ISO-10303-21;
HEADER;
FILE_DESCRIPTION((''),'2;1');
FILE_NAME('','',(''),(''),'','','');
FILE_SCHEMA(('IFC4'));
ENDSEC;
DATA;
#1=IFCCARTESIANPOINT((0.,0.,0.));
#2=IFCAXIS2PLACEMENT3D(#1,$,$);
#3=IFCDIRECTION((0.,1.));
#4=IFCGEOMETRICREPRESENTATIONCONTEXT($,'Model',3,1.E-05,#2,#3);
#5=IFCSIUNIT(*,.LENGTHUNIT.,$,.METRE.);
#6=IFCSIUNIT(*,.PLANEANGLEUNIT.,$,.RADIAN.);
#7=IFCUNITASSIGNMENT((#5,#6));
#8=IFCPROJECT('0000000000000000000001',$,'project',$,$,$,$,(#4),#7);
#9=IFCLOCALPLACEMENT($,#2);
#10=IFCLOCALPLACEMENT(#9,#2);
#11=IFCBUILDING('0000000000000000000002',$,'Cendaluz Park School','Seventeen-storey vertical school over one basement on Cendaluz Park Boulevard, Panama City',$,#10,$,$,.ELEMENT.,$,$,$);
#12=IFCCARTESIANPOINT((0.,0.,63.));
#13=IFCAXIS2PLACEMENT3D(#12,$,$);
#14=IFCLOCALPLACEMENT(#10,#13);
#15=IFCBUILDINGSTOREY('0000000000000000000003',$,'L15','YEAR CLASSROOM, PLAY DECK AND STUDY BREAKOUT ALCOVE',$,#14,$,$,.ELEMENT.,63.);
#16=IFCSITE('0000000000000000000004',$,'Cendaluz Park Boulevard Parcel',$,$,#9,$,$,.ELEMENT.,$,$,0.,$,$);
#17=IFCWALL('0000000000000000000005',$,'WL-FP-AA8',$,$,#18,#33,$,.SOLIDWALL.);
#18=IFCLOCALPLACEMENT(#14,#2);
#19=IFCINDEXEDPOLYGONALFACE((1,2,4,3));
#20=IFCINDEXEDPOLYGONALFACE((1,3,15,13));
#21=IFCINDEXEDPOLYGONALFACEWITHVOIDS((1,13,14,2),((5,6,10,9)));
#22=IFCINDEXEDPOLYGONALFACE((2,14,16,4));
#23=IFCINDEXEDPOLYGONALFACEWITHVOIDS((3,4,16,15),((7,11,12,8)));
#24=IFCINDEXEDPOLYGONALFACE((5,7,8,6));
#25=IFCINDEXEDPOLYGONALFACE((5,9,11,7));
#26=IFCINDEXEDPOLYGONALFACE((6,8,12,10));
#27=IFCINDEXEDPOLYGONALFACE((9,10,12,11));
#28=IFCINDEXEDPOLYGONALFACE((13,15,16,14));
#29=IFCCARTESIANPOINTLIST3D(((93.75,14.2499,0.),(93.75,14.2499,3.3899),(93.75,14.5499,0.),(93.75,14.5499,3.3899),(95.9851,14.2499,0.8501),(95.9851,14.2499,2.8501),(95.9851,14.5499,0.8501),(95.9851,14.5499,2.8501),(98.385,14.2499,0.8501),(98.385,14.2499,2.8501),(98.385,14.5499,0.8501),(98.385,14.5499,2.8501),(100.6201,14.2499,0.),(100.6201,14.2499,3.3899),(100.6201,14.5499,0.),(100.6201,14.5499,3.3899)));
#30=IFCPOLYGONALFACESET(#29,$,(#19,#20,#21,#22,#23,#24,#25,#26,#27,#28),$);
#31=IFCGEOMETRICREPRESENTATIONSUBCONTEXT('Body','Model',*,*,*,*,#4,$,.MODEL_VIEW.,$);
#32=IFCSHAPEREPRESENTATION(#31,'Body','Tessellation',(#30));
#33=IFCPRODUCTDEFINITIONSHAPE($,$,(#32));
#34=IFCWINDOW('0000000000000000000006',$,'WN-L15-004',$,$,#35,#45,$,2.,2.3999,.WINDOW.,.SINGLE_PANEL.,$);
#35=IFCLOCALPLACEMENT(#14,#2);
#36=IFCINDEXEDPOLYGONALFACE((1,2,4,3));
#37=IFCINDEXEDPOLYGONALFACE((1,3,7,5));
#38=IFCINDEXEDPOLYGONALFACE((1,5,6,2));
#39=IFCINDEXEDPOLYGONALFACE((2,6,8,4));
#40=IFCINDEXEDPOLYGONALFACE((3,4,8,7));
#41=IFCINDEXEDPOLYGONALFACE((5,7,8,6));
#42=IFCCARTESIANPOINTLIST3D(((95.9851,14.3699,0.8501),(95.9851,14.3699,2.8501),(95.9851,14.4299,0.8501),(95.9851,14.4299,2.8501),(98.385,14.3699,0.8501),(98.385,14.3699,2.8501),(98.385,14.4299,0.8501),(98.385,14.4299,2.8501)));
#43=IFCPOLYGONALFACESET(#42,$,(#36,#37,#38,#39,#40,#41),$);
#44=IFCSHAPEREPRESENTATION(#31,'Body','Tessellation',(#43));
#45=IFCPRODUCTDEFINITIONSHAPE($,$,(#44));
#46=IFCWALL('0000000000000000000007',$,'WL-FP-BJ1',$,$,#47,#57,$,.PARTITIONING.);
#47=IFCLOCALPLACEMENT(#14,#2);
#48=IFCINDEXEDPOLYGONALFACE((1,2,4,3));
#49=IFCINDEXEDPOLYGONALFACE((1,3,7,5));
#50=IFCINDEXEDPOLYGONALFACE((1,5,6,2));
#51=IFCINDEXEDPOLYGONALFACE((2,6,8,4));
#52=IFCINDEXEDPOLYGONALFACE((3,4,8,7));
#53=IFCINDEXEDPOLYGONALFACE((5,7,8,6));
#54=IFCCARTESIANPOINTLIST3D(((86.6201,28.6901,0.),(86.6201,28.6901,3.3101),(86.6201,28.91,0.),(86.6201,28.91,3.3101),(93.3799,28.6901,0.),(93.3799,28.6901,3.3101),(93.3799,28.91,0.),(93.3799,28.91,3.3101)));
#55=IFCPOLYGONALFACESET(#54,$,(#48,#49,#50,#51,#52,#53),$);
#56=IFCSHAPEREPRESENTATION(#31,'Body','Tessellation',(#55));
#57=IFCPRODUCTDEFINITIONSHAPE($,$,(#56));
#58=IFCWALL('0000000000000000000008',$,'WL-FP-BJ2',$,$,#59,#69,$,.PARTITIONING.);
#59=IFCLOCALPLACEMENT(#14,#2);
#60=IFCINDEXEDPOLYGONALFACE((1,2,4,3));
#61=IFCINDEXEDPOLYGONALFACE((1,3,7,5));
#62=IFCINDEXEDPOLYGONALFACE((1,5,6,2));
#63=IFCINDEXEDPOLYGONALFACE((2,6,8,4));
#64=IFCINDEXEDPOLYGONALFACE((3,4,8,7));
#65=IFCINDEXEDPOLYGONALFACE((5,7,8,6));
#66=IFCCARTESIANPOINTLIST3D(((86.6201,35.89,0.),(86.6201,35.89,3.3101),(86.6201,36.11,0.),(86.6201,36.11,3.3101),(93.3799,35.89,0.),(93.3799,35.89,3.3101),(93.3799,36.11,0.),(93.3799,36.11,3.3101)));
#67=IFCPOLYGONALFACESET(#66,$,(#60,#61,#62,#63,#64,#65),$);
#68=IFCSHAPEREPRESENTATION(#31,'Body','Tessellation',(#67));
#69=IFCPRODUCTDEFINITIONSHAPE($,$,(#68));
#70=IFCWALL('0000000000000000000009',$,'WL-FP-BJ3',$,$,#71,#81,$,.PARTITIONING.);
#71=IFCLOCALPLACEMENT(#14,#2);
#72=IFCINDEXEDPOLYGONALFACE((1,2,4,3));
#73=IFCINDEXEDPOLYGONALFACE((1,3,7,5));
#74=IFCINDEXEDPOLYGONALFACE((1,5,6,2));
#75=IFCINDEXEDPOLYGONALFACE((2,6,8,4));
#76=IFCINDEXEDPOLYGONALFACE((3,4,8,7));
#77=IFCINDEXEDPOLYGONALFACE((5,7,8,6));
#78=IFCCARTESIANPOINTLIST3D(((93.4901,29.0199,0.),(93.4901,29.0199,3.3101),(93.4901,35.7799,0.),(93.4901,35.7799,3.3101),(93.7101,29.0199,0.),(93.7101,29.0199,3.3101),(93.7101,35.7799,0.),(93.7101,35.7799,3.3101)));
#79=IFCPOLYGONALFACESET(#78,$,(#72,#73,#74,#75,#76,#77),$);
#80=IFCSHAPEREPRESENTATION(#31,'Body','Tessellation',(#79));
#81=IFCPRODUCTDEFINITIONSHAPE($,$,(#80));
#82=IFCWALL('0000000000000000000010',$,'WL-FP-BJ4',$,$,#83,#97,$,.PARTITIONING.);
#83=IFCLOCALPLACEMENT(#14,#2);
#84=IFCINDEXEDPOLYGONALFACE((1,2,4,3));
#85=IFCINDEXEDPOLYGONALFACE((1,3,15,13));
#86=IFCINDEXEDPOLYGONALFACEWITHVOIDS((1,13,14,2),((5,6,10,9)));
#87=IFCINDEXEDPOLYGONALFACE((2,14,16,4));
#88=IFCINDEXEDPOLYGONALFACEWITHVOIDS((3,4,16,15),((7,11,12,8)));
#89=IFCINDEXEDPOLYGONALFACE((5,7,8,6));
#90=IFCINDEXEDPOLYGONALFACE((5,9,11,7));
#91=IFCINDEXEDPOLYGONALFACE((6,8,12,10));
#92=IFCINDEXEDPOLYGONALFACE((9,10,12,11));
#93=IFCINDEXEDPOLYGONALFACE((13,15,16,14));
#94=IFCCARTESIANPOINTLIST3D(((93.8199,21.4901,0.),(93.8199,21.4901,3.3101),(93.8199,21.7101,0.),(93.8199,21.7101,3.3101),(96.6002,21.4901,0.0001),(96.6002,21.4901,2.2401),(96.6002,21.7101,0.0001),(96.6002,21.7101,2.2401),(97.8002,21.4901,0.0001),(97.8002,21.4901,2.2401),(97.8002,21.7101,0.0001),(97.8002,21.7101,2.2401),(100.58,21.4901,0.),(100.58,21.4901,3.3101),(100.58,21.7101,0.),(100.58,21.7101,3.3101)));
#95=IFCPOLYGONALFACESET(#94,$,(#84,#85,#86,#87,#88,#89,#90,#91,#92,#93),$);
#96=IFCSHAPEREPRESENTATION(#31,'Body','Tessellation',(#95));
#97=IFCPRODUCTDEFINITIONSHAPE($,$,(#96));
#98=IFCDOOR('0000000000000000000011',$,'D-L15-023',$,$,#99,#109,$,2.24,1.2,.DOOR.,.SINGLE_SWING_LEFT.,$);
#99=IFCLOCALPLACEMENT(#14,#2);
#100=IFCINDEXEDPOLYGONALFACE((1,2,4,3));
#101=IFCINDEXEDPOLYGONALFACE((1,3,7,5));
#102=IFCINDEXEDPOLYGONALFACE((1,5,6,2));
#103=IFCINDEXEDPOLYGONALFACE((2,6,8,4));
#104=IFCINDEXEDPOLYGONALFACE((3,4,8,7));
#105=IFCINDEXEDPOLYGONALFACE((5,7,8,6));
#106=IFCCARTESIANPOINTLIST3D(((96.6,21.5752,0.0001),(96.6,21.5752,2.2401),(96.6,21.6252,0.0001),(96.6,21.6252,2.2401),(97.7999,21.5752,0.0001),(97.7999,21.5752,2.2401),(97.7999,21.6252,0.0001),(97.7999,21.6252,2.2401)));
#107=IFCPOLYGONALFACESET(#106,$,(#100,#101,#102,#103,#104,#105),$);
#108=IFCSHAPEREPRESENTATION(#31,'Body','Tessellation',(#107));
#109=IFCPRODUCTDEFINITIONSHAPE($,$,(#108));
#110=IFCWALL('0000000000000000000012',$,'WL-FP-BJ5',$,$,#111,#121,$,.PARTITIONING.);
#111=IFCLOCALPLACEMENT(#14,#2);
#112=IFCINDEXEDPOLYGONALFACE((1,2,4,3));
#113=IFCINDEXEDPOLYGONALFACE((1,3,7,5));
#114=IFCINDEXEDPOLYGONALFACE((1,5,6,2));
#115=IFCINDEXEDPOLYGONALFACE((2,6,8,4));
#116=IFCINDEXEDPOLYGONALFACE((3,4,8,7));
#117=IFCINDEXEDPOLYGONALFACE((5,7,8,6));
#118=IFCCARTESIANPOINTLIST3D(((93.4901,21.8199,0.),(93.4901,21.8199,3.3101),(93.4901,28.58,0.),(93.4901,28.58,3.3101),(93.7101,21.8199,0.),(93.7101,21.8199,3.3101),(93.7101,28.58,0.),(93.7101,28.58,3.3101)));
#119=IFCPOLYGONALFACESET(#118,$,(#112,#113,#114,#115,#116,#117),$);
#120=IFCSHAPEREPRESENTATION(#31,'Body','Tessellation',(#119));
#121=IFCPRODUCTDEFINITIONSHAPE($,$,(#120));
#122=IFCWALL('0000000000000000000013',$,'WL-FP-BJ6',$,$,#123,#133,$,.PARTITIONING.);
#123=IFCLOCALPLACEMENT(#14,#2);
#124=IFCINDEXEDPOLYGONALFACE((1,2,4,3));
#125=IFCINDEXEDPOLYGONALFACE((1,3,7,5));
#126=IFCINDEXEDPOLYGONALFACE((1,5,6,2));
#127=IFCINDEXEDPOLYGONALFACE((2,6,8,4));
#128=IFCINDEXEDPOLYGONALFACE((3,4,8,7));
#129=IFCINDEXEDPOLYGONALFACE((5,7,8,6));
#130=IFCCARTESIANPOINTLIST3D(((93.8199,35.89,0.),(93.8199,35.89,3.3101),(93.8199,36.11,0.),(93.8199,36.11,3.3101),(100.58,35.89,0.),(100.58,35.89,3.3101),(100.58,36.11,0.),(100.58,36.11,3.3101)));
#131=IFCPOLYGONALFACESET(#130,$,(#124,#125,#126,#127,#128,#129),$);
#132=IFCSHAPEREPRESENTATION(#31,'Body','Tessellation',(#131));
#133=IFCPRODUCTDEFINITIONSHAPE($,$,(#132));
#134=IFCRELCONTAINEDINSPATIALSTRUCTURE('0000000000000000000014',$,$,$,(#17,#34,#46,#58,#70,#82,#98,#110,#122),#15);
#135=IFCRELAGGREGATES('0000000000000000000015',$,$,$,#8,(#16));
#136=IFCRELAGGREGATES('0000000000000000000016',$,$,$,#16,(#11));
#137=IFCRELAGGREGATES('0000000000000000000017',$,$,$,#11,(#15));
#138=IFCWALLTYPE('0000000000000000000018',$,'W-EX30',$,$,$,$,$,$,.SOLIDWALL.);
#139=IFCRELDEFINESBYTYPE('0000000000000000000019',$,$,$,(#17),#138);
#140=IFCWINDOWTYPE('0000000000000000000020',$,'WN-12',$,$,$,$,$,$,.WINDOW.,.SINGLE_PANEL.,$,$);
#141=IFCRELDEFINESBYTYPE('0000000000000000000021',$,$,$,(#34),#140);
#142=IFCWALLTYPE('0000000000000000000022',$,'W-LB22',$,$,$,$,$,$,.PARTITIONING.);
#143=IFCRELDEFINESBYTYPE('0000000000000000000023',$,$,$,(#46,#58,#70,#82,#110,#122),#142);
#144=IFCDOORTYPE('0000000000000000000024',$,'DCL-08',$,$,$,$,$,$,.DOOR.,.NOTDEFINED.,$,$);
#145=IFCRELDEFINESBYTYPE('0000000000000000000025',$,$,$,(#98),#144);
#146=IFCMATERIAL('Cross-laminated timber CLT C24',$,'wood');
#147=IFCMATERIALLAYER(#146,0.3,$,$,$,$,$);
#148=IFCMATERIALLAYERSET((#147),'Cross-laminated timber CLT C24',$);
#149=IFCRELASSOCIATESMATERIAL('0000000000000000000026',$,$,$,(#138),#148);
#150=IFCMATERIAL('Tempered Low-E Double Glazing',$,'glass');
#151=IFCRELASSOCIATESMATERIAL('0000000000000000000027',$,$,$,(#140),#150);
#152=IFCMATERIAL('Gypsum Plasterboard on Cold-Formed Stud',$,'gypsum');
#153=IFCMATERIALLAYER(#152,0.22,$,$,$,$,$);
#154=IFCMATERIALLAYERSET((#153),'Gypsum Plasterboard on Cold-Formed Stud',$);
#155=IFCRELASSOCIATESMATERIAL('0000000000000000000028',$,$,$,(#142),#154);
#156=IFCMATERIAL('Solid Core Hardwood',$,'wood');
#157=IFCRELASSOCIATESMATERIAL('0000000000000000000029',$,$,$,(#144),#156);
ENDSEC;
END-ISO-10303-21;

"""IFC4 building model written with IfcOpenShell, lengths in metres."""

from ifc_helpers import new_model, si_unit, direction, frame, frame_2d, origin, place, context, subcontext, project, spatial, rectangle, extrude, material, layer, layer_set, type_object, element, fill, save


model = new_model("IFC4")

# Units and contexts
model_context = context("Model", 3, precision=1e-05, world=origin(), true_north=direction((0.0, 1.0)))
body_context = subcontext(model_context, "Body", "Model", "MODEL_VIEW")
ifc_project = project(units=[si_unit("LENGTHUNIT", "METRE"), si_unit("PLANEANGLEUNIT", "RADIAN")], contexts=[model_context])

# Site, building, storey
site_placement = place(None, origin())
site = spatial("IfcSite", under=ifc_project, at=site_placement, Name="Cendaluz Park Boulevard Parcel", CompositionType="ELEMENT", RefElevation=0.0)
building_placement = place(site_placement, origin())
building = spatial("IfcBuilding", under=site, at=building_placement, Name="Cendaluz Park School", Description="Seventeen-storey vertical school over one basement on Cendaluz Park Boulevard, Panama City", CompositionType="ELEMENT")
storey_placement = place(building_placement, frame((0.0, 0.0, 63.0)))
storey = spatial("IfcBuildingStorey", under=building, at=storey_placement, Name="L15", Description="YEAR CLASSROOM, PLAY DECK AND STUDY BREAKOUT ALCOVE", CompositionType="ELEMENT", Elevation=63.0)

# Shared definitions
ifc_material_1 = material(Name="Gypsum Plasterboard on Cold-Formed Stud", Category="gypsum")

# Shared definitions
ifc_material_2 = material(Name="Solid Core Hardwood", Category="wood")

# Wall, opening, window
ifc_material_3 = material(Name="Cross-laminated timber CLT C24", Category="wood")
ifc_layer_1 = layer(ifc_material_3, 0.3)
ifc_layer_set_1 = layer_set([ifc_layer_1], Name="Cross-laminated timber CLT C24")
wall_type_1 = type_object("IfcWallType", Name="W-EX30", PredefinedType="SOLIDWALL", material=ifc_layer_set_1)
ifc_material_4 = material(Name="Tempered Low-E Double Glazing", Category="glass")
wall_1_placement = place(storey_placement, frame((93.75, 14.3999, 0.0), z_axis=(0.0, 0.0, 1.0), x_axis=(1.0, 0.0, 0.0)))
wall_1 = element("IfcWall", 1, at=wall_1_placement, inside=storey, type_object=wall_type_1, Name="WL-FP-AA8", PredefinedType="SOLIDWALL", context=body_context, shape_type="SweptSolid", body=[
    extrude(rectangle(XDim=6.8701, YDim=0.3, at=frame_2d((3.4351, 0.0))), origin(), (0.0, 0.0, 1.0), 3.3899),
])
opening_1_placement = place(wall_1_placement, frame((2.2351, 0.0, 0.8501)))
opening_1 = element("IfcOpeningElement", 2, at=opening_1_placement, cuts=wall_1, PredefinedType="OPENING", context=body_context, shape_type="SweptSolid", body=[
    extrude(rectangle(XDim=2.3999, YDim=2.0, at=frame_2d((1.2, 1.0))), frame((0.0, 0.1621, 0.0), z_axis=(0.0, -1.0, 0.0), x_axis=(1.0, 0.0, 0.0)), (0.0, 0.0, 1.0), 0.324),
])
window_type_1 = type_object("IfcWindowType", Name="WN-12", PartitioningType="SINGLE_PANEL", PredefinedType="WINDOW", material=ifc_material_4)
window_1_placement = place(opening_1_placement, origin())
window_1 = element("IfcWindow", 3, at=window_1_placement, inside=storey, type_object=window_type_1, Name="WN-L15-004", OverallHeight=2.0, OverallWidth=2.3999, PartitioningType="SINGLE_PANEL", PredefinedType="WINDOW", context=body_context, shape_type="SweptSolid", body=[
    extrude(rectangle(XDim=2.3999, YDim=2.0, at=frame_2d((1.2, 1.0))), frame((0.0, 0.03, 0.0), z_axis=(0.0, -1.0, 0.0), x_axis=(1.0, 0.0, 0.0)), (0.0, 0.0, 1.0), 0.0601),
])
fill(opening_1, window_1)

# Walls
ifc_layer_2 = layer(ifc_material_1, 0.22)
ifc_layer_set_2 = layer_set([ifc_layer_2], Name="Gypsum Plasterboard on Cold-Formed Stud")
wall_type_2 = type_object("IfcWallType", Name="W-LB22", PredefinedType="PARTITIONING", material=ifc_layer_set_2)
for number, where, z_axis, x_axis, name in (
    (4, (86.6201, 28.8, 0.0), (0.0, 0.0, 1.0), (1.0, 0.0, 0.0), "WL-FP-BJ1"),
    (5, (86.6201, 36.0, 0.0), (0.0, 0.0, 1.0), (1.0, 0.0, 0.0), "WL-FP-BJ2"),
):
    element("IfcWall", number, at=place(storey_placement, frame(where, z_axis=z_axis, x_axis=x_axis)), inside=storey, type_object=wall_type_2, Name=name, PredefinedType="PARTITIONING", context=body_context, shape_type="SweptSolid", body=[
        extrude(rectangle(XDim=6.7598, YDim=0.22, at=frame_2d((3.3799, 0.0))), origin(), (0.0, 0.0, 1.0), 3.3101),
    ])
wall_2_placement = place(storey_placement, frame((93.6001, 29.02, 0.0), z_axis=(0.0, 0.0, 1.0), x_axis=(0.0, 1.0, 0.0)))
element("IfcWall", 6, at=wall_2_placement, inside=storey, type_object=wall_type_2, Name="WL-FP-BJ3", PredefinedType="PARTITIONING", context=body_context, shape_type="SweptSolid", body=[
    extrude(rectangle(XDim=6.76, YDim=0.22, at=frame_2d((3.3799, 0.0))), origin(), (0.0, 0.0, 1.0), 3.3101),
])

# Wall, opening, door
wall_3_placement = place(storey_placement, frame((93.8201, 21.6001, 0.0), z_axis=(0.0, 0.0, 1.0), x_axis=(1.0, 0.0, 0.0)))
wall_3 = element("IfcWall", 7, at=wall_3_placement, inside=storey, type_object=wall_type_2, Name="WL-FP-BJ4", PredefinedType="PARTITIONING", context=body_context, shape_type="SweptSolid", body=[
    extrude(rectangle(XDim=6.76, YDim=0.22, at=frame_2d((3.3799, 0.0))), origin(), (0.0, 0.0, 1.0), 3.3101),
])
opening_2_placement = place(wall_3_placement, frame((2.78, 0.0, 0.0)))
opening_2 = element("IfcOpeningElement", 8, at=opening_2_placement, cuts=wall_3, PredefinedType="OPENING", context=body_context, shape_type="SweptSolid", body=[
    extrude(rectangle(XDim=1.2, YDim=2.24, at=frame_2d((0.6001, 1.1201))), frame((0.0, 0.1221, 0.0), z_axis=(0.0, -1.0, 0.0), x_axis=(1.0, 0.0, 0.0)), (0.0, 0.0, 1.0), 0.2439),
])
door_type_1 = type_object("IfcDoorType", Name="DCL-08", OperationType="NOTDEFINED", PredefinedType="DOOR", material=ifc_material_2)
door_1_placement = place(opening_2_placement, frame((1.2, 0.0, 0.0), z_axis=(0.0, 0.0, 1.0), x_axis=(-1.0, 0.0, 0.0)))
door_1 = element("IfcDoor", 9, at=door_1_placement, inside=storey, type_object=door_type_1, Name="D-L15-023", OperationType="SINGLE_SWING_LEFT", OverallHeight=2.24, OverallWidth=1.2, PredefinedType="DOOR", context=body_context, shape_type="SweptSolid", body=[
    extrude(rectangle(XDim=1.2, YDim=2.24, at=frame_2d((0.6001, 1.1201))), frame((0.0, 0.0249, 0.0), z_axis=(0.0, -1.0, 0.0), x_axis=(1.0, 0.0, 0.0)), (0.0, 0.0, 1.0), 0.05),
])
fill(opening_2, door_1)

# Walls
for number, where, z_axis, x_axis, name in (
    (10, (93.6001, 21.8201, 0.0), (0.0, 0.0, 1.0), (0.0, 1.0, 0.0), "WL-FP-BJ5"),
    (11, (93.8201, 36.0, 0.0), (0.0, 0.0, 1.0), (1.0, 0.0, 0.0), "WL-FP-BJ6"),
):
    element("IfcWall", number, at=place(storey_placement, frame(where, z_axis=z_axis, x_axis=x_axis)), inside=storey, type_object=wall_type_2, Name=name, PredefinedType="PARTITIONING", context=body_context, shape_type="SweptSolid", body=[
        extrude(rectangle(XDim=6.76, YDim=0.22, at=frame_2d((3.3799, 0.0))), origin(), (0.0, 0.0, 1.0), 3.3101),
    ])

save(model, "model.ifc")
